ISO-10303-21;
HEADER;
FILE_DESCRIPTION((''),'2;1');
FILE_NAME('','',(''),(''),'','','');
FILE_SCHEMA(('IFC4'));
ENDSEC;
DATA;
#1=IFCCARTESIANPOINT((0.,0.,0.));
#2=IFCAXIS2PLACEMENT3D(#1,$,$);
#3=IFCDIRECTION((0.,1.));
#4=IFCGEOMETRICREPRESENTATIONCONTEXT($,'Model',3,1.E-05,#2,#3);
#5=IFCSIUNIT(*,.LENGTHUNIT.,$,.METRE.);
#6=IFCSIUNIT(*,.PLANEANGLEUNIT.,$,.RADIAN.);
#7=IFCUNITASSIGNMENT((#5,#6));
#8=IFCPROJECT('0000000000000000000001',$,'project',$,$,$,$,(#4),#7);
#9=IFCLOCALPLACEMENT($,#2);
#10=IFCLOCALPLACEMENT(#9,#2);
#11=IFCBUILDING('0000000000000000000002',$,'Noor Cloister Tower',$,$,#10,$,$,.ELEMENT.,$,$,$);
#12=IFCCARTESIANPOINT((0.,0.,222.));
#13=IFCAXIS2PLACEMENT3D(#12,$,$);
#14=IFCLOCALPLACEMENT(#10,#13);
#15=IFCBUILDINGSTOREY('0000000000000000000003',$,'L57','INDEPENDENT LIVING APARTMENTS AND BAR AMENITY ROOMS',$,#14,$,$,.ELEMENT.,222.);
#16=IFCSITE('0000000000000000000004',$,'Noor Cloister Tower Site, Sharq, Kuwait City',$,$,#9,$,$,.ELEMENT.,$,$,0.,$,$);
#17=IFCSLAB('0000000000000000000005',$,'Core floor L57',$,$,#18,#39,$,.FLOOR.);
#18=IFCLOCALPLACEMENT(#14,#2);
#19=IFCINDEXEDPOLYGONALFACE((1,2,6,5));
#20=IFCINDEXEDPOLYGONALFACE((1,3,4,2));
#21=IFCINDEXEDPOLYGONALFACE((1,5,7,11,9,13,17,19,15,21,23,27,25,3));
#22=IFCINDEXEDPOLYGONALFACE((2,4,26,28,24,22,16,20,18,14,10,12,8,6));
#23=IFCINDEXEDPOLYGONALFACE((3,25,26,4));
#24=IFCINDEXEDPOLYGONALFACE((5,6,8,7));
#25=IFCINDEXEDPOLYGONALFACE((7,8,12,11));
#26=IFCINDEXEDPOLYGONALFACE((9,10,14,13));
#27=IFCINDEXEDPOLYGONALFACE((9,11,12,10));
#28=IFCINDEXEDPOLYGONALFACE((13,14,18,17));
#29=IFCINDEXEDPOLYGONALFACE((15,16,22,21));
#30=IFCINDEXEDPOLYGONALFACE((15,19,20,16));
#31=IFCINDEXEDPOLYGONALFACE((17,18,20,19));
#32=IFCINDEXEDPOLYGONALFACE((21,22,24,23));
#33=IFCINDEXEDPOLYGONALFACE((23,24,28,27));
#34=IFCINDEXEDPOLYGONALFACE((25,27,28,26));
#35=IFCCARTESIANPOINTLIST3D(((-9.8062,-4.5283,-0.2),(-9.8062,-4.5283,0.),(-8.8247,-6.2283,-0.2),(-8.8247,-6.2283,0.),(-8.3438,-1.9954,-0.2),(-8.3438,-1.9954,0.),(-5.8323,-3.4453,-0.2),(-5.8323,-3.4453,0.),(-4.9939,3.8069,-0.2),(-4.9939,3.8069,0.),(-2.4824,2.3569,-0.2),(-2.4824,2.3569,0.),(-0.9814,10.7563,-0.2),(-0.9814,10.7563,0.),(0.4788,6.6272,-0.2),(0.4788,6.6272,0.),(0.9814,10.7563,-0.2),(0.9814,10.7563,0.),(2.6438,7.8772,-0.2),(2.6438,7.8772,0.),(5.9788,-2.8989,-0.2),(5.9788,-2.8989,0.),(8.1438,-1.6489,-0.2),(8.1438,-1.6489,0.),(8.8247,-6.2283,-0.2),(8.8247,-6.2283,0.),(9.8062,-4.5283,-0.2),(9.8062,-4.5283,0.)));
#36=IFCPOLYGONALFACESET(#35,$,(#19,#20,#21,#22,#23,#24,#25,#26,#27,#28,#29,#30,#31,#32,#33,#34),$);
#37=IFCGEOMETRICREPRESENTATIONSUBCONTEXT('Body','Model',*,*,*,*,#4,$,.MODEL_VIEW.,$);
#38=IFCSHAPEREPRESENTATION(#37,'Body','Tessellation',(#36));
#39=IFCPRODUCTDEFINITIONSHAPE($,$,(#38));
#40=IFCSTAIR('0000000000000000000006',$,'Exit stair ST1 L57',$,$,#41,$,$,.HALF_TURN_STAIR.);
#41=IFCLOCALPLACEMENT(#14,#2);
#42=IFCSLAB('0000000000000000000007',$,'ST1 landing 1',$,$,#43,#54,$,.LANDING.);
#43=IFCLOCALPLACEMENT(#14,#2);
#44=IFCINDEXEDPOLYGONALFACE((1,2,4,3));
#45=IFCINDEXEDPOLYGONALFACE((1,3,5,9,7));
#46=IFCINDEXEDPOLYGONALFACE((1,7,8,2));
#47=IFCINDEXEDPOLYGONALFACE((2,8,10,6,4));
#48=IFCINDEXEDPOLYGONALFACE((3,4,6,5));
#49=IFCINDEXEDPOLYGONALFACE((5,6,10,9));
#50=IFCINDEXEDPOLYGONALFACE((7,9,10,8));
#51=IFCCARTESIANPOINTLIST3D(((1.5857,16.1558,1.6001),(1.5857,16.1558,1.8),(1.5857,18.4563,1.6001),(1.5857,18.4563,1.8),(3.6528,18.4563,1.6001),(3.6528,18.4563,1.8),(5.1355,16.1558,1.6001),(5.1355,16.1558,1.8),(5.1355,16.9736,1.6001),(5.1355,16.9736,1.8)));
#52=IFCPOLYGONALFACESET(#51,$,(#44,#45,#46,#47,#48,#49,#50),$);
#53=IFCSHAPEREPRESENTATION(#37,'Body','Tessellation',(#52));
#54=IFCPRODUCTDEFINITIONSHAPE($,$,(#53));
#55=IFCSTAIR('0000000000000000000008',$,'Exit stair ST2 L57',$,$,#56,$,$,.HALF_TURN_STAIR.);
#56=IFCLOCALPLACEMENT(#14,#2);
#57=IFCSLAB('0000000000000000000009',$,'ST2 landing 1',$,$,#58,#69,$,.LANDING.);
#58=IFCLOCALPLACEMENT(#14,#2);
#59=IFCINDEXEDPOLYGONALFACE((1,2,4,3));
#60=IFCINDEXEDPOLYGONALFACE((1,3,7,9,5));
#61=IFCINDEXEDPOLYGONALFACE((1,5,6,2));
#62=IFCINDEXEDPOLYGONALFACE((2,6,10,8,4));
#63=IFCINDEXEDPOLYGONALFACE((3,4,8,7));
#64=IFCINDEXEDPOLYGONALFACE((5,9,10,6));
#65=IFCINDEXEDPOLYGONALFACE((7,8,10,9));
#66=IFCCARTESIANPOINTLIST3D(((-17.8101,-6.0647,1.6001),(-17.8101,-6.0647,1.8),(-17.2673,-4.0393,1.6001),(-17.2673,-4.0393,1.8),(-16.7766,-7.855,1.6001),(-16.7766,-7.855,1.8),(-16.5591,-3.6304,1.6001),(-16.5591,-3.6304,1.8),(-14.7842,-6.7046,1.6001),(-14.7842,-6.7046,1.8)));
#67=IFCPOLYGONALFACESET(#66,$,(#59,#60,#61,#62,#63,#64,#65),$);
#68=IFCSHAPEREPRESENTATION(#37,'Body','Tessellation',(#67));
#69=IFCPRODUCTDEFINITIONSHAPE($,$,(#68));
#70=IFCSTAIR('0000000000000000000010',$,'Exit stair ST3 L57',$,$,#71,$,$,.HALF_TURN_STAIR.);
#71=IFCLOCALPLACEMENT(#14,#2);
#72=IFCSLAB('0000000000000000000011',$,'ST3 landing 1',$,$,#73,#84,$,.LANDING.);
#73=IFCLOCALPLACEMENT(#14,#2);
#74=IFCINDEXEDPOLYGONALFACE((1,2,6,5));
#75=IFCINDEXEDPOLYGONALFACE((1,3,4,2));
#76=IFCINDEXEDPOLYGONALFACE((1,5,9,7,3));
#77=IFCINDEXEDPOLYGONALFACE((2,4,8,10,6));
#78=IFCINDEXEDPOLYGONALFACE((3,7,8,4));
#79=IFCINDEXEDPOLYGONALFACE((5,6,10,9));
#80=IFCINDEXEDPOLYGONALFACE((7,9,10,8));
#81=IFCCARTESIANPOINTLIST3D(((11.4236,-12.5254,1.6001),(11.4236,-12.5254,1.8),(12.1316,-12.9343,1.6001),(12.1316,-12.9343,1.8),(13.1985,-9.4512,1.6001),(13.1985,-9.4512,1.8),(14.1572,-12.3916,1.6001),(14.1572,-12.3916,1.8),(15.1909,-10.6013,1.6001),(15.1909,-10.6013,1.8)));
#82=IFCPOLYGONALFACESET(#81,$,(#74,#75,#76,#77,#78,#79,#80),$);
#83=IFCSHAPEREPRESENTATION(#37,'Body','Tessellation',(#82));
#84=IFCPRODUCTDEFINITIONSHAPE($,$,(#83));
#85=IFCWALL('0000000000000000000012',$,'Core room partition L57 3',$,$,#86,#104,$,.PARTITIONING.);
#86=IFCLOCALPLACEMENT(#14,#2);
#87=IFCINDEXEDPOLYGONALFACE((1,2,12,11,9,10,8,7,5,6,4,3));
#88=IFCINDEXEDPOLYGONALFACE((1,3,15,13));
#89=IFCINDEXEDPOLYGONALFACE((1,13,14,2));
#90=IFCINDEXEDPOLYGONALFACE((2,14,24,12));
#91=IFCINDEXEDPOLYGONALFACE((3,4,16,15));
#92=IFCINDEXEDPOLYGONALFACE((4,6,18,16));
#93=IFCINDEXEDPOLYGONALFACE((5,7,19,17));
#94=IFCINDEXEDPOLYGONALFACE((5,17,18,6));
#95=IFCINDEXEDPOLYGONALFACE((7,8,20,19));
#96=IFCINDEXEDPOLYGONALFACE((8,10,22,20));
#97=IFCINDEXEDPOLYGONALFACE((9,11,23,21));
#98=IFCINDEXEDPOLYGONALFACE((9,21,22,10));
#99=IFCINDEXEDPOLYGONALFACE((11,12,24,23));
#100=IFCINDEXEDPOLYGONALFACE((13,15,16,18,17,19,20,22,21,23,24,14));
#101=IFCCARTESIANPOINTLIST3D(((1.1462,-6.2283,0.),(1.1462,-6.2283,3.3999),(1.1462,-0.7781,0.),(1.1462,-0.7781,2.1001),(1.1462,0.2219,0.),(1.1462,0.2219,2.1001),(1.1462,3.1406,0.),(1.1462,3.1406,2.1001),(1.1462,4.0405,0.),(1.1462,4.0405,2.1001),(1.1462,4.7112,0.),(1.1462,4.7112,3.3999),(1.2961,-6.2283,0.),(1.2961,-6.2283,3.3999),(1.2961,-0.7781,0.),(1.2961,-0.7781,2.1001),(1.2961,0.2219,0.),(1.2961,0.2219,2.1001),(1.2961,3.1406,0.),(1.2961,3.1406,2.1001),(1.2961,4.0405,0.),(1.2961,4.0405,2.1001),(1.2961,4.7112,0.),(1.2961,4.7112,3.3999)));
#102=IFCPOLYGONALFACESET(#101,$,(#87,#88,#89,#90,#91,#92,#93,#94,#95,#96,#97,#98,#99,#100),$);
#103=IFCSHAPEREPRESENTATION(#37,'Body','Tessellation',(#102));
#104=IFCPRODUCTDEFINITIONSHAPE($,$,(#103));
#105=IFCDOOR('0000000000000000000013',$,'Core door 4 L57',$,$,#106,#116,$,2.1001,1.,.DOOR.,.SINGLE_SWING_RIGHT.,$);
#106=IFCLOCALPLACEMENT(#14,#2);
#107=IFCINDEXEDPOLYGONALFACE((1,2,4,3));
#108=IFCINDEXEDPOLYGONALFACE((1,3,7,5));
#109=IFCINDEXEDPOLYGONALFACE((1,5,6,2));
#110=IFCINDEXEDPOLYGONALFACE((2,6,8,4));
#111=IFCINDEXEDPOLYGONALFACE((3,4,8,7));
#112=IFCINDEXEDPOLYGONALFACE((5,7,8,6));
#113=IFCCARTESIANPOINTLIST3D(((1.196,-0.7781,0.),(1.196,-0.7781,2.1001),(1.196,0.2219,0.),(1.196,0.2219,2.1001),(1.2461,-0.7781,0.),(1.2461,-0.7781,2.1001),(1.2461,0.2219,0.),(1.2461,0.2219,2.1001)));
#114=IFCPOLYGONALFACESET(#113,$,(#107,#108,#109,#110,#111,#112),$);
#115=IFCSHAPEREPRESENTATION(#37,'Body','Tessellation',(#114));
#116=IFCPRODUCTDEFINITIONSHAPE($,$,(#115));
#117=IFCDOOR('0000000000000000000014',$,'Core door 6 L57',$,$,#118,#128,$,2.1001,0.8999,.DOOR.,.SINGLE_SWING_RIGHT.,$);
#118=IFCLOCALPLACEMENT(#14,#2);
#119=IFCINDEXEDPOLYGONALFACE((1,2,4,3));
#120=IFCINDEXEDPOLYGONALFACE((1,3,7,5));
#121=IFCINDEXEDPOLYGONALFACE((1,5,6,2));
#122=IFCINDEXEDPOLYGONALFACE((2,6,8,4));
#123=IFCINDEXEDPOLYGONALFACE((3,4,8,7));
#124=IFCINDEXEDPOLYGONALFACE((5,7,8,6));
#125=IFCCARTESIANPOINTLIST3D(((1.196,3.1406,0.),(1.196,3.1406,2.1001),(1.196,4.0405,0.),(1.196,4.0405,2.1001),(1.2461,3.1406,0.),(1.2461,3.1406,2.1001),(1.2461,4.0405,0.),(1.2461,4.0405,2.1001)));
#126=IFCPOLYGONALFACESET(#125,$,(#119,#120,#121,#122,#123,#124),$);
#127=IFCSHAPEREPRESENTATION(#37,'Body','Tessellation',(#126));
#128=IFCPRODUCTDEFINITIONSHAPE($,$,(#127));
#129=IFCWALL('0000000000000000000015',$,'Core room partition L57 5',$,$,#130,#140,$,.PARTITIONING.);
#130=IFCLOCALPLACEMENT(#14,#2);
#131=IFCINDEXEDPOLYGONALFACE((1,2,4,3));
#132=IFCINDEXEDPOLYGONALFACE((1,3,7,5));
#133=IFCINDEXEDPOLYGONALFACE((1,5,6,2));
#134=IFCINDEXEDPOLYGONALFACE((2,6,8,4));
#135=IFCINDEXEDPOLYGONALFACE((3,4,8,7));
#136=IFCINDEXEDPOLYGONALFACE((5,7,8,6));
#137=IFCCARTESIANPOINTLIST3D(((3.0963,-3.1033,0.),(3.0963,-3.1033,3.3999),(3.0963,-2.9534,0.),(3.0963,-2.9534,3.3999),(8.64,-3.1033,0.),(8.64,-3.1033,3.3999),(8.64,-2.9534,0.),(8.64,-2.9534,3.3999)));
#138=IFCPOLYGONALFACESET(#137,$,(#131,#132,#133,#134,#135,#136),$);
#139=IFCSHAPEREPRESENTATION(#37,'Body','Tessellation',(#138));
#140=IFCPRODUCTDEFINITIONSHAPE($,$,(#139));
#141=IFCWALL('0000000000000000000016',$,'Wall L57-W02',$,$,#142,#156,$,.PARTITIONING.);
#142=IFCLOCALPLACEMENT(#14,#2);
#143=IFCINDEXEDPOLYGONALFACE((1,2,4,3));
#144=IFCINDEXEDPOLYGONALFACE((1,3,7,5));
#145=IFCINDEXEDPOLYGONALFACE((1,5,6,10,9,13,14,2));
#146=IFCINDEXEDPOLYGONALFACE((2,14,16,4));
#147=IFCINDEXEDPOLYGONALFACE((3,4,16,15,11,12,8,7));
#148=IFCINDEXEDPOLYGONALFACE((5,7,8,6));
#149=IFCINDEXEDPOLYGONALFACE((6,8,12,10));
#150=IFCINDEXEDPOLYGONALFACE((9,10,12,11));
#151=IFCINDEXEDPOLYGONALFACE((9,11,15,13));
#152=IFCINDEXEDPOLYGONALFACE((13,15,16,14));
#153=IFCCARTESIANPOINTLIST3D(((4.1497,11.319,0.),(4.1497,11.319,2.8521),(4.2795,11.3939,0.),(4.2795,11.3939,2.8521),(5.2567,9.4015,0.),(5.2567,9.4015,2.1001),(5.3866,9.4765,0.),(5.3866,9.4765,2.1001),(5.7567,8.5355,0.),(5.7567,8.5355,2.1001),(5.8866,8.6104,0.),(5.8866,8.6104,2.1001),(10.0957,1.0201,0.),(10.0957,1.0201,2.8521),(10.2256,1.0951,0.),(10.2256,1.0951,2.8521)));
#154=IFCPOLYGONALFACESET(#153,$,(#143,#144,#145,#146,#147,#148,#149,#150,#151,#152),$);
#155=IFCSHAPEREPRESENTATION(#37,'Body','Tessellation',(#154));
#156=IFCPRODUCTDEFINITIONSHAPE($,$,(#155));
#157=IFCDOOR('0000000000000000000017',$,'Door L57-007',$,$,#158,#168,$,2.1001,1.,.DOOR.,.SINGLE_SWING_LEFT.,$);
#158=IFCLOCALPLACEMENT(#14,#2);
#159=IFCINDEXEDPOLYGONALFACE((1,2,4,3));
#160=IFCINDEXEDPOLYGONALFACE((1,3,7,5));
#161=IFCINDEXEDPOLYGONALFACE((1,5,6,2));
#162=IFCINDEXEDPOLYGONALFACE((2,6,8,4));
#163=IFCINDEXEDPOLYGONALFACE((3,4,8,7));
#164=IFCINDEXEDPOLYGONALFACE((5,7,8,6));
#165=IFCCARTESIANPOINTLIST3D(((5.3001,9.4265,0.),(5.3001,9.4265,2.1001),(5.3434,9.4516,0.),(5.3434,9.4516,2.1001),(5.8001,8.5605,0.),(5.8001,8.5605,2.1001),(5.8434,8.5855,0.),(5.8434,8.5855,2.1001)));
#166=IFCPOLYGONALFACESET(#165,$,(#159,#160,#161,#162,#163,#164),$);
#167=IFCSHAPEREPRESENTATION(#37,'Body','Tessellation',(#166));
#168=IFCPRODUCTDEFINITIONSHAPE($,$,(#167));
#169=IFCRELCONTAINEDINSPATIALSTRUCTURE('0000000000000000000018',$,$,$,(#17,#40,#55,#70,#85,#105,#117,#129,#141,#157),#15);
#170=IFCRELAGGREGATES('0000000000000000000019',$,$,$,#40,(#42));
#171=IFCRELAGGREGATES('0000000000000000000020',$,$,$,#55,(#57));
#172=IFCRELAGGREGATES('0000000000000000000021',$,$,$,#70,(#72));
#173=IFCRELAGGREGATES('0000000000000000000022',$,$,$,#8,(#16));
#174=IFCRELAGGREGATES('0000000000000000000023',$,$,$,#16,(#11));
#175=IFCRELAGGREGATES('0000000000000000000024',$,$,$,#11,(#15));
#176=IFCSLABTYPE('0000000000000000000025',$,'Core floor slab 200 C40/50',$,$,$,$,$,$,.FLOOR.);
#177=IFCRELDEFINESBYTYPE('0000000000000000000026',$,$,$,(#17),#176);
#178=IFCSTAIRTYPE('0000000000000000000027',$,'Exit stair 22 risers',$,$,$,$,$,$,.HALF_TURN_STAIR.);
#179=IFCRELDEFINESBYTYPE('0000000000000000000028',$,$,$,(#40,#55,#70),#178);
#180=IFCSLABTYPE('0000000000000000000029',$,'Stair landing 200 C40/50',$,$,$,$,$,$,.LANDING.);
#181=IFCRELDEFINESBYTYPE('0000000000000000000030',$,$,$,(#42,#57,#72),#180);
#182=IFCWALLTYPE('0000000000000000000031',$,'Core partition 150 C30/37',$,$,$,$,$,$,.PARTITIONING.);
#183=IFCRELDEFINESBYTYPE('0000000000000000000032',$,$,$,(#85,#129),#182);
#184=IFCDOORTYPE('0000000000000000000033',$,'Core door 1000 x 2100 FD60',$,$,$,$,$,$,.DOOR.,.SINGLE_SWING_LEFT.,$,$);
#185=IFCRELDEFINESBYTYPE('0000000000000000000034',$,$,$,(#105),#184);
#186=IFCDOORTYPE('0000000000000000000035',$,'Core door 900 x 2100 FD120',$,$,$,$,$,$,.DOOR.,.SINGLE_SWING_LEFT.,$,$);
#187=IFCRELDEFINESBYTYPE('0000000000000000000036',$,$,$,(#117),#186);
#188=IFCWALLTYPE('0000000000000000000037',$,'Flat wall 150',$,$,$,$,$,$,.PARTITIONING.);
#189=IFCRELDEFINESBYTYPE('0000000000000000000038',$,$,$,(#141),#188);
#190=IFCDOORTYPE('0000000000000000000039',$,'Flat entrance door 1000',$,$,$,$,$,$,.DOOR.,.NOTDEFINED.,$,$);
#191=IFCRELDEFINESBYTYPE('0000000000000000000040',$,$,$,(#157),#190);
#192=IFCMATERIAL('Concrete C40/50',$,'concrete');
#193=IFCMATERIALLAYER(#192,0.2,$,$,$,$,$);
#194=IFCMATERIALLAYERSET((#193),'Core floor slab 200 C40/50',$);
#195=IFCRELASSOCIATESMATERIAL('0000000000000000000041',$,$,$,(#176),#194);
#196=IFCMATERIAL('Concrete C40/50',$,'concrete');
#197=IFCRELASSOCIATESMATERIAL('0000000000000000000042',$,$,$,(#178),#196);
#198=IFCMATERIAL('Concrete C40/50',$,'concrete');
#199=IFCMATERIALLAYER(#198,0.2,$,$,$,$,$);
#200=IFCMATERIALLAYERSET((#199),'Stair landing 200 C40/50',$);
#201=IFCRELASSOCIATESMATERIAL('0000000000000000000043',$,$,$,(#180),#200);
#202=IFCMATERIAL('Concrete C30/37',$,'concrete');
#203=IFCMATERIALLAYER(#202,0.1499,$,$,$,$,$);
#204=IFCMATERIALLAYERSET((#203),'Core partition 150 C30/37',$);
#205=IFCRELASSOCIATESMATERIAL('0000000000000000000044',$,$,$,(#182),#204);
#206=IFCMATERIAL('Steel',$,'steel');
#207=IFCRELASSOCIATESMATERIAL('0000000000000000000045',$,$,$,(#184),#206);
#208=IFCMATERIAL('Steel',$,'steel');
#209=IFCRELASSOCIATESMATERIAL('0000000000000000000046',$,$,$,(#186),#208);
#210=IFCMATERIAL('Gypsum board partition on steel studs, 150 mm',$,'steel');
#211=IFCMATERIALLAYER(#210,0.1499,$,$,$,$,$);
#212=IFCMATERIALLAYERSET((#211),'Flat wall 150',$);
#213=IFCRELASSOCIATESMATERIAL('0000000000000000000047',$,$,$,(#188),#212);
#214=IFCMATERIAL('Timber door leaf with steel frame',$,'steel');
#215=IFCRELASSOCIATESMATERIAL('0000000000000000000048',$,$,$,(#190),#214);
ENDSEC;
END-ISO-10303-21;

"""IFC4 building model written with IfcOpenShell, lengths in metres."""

from ifc_helpers import new_model, si_unit, direction, frame, frame_2d, origin, place, context, subcontext, project, spatial, polyline, rectangle, outline, extrude, material, layer, layer_set, type_object, element, fill, aggregate, save


model = new_model("IFC4")

# Units and contexts
model_context = context("Model", 3, precision=1e-05, world=origin(), true_north=direction((0.0, 1.0)))
body_context = subcontext(model_context, "Body", "Model", "MODEL_VIEW")
ifc_project = project(units=[si_unit("LENGTHUNIT", "METRE"), si_unit("PLANEANGLEUNIT", "RADIAN")], contexts=[model_context])

# Site, building, storey
site_placement = place(None, origin())
site = spatial("IfcSite", under=ifc_project, at=site_placement, Name="Noor Cloister Tower Site, Sharq, Kuwait City", CompositionType="ELEMENT", RefElevation=0.0)
building_placement = place(site_placement, origin())
building = spatial("IfcBuilding", under=site, at=building_placement, Name="Noor Cloister Tower", CompositionType="ELEMENT")
storey_placement = place(building_placement, frame((0.0, 0.0, 222.0)))
storey = spatial("IfcBuildingStorey", under=building, at=storey_placement, Name="L57", Description="INDEPENDENT LIVING APARTMENTS AND BAR AMENITY ROOMS", CompositionType="ELEMENT", Elevation=222.0)

# Slab
ifc_material_1 = material(Name="Concrete C40/50", Category="concrete")
ifc_layer_1 = layer(ifc_material_1, 0.2)
ifc_layer_set_1 = layer_set([ifc_layer_1], Name="Core floor slab 200 C40/50")
slab_type_1 = type_object("IfcSlabType", Name="Core floor slab 200 C40/50", PredefinedType="FLOOR", material=ifc_layer_set_1)
slab_1_placement = place(storey_placement, frame((0.0, 0.0, -0.2)))
element("IfcSlab", 1, at=slab_1_placement, inside=storey, type_object=slab_type_1, Name="Core floor L57", PredefinedType="FLOOR", context=body_context, shape_type="SweptSolid", body=[
    extrude(outline(polyline([(2.6438, 7.8772), (0.9814, 10.7563), (-0.9814, 10.7563), (-4.9939, 3.8069), (-2.4824, 2.3569), (-5.8323, -3.4453), (-8.3438, -1.9954), (-9.8062, -4.5283), (-8.8247, -6.2283), (8.8247, -6.2283), (9.8062, -4.5283), (8.1438, -1.6489), (5.9788, -2.8989), (0.4788, 6.6272), (2.6438, 7.8772)])), origin(), (0.0, 0.0, 1.0), 0.2),
])

# Stairs, slabs
ifc_material_2 = material(Name="Concrete C40/50", Category="concrete")
stair_type = type_object("IfcStairType", Name="Exit stair 22 risers", PredefinedType="HALF_TURN_STAIR", material=ifc_material_2)
stair_1_placement = place(storey_placement, origin())
stair_1 = element("IfcStair", 2, at=stair_1_placement, inside=storey, type_object=stair_type, Name="Exit stair ST1 L57", PredefinedType="HALF_TURN_STAIR")
ifc_material_3 = material(Name="Concrete C40/50", Category="concrete")
ifc_layer_2 = layer(ifc_material_3, 0.2)
ifc_layer_set_2 = layer_set([ifc_layer_2], Name="Stair landing 200 C40/50")
slab_type_2 = type_object("IfcSlabType", Name="Stair landing 200 C40/50", PredefinedType="LANDING", material=ifc_layer_set_2)
slab_2_placement = place(storey_placement, frame((0.0, 0.0, 1.6001)))
slab_2 = element("IfcSlab", 3, at=slab_2_placement, type_object=slab_type_2, Name="ST1 landing 1", PredefinedType="LANDING", context=body_context, shape_type="SweptSolid", body=[
    extrude(outline(polyline([(5.1355, 16.1558), (5.1355, 16.9736), (3.6528, 18.4563), (1.5857, 18.4563), (1.5857, 16.1558), (5.1355, 16.1558)])), origin(), (0.0, 0.0, 1.0), 0.2),
])
aggregate(stair_1, [slab_2])
stair_2_placement = place(storey_placement, origin())
stair_2 = element("IfcStair", 4, at=stair_2_placement, inside=storey, type_object=stair_type, Name="Exit stair ST2 L57", PredefinedType="HALF_TURN_STAIR")
slab_3_placement = place(storey_placement, frame((0.0, 0.0, 1.6001)))
slab_3 = element("IfcSlab", 5, at=slab_3_placement, type_object=slab_type_2, Name="ST2 landing 1", PredefinedType="LANDING", context=body_context, shape_type="SweptSolid", body=[
    extrude(outline(polyline([(-16.5591, -3.6304), (-17.2673, -4.0393), (-17.8101, -6.0647), (-16.7766, -7.855), (-14.7842, -6.7046), (-16.5591, -3.6304)])), origin(), (0.0, 0.0, 1.0), 0.2),
])
aggregate(stair_2, [slab_3])
stair_3_placement = place(storey_placement, origin())
stair_3 = element("IfcStair", 6, at=stair_3_placement, inside=storey, type_object=stair_type, Name="Exit stair ST3 L57", PredefinedType="HALF_TURN_STAIR")
slab_4_placement = place(storey_placement, frame((0.0, 0.0, 1.6001)))
slab_4 = element("IfcSlab", 7, at=slab_4_placement, type_object=slab_type_2, Name="ST3 landing 1", PredefinedType="LANDING", context=body_context, shape_type="SweptSolid", body=[
    extrude(outline(polyline([(11.4236, -12.5254), (12.1316, -12.9343), (14.1572, -12.3916), (15.1909, -10.6013), (13.1985, -9.4512), (11.4236, -12.5254)])), origin(), (0.0, 0.0, 1.0), 0.2),
])
aggregate(stair_3, [slab_4])

# Wall, openings, doors
ifc_material_4 = material(Name="Concrete C30/37", Category="concrete")
ifc_layer_3 = layer(ifc_material_4, 0.1499)
ifc_layer_set_3 = layer_set([ifc_layer_3], Name="Core partition 150 C30/37")
wall_type_1 = type_object("IfcWallType", Name="Core partition 150 C30/37", PredefinedType="PARTITIONING", material=ifc_layer_set_3)
wall_1_placement = place(storey_placement, frame((1.2212, 4.7112, 0.0), z_axis=(0.0, 0.0, 1.0), x_axis=(0.0, -1.0, 0.0)))
wall_1 = element("IfcWall", 8, at=wall_1_placement, inside=storey, type_object=wall_type_1, Name="Core room partition L57 3", PredefinedType="PARTITIONING", context=body_context, shape_type="SweptSolid", body=[
    extrude(rectangle(XDim=10.9395, YDim=0.1499, at=frame_2d((5.4697, 0.0))), origin(), (0.0, 0.0, 1.0), 3.3999),
])
opening_1_placement = place(wall_1_placement, frame((4.4893, 0.0, 0.0)))
opening_1 = element("IfcOpeningElement", 9, at=opening_1_placement, cuts=wall_1, PredefinedType="OPENING", context=body_context, shape_type="SweptSolid", body=[
    extrude(rectangle(XDim=1.0, YDim=2.1001, at=frame_2d((0.5, 1.05))), frame((0.0, 0.085, 0.0), z_axis=(0.0, -1.0, 0.0), x_axis=(1.0, 0.0, 0.0)), (0.0, 0.0, 1.0), 0.1699),
])
opening_2_placement = place(wall_1_placement, frame((0.6707, 0.0, 0.0)))
opening_2 = element("IfcOpeningElement", 10, at=opening_2_placement, cuts=wall_1, PredefinedType="OPENING", context=body_context, shape_type="SweptSolid", body=[
    extrude(rectangle(XDim=0.8999, YDim=2.1001, at=frame_2d((0.45, 1.05))), frame((0.0, 0.085, 0.0), z_axis=(0.0, -1.0, 0.0), x_axis=(1.0, 0.0, 0.0)), (0.0, 0.0, 1.0), 0.1699),
])
ifc_material_5 = material(Name="Steel", Category="steel")
door_type_1 = type_object("IfcDoorType", Name="Core door 1000 x 2100 FD60", OperationType="SINGLE_SWING_LEFT", PredefinedType="DOOR", material=ifc_material_5)
door_1_placement = place(opening_1_placement, origin())
door_1 = element("IfcDoor", 11, at=door_1_placement, inside=storey, type_object=door_type_1, Name="Core door 4 L57", OperationType="SINGLE_SWING_RIGHT", OverallHeight=2.1001, OverallWidth=1.0, PredefinedType="DOOR", context=body_context, shape_type="SweptSolid", body=[
    extrude(rectangle(XDim=1.0, YDim=2.1001, at=frame_2d((0.5, 1.05))), frame((0.0, 0.0249, 0.0), z_axis=(0.0, -1.0, 0.0), x_axis=(1.0, 0.0, 0.0)), (0.0, 0.0, 1.0), 0.05),
])
fill(opening_1, door_1)
ifc_material_6 = material(Name="Steel", Category="steel")
door_type_2 = type_object("IfcDoorType", Name="Core door 900 x 2100 FD120", OperationType="SINGLE_SWING_LEFT", PredefinedType="DOOR", material=ifc_material_6)
door_2_placement = place(opening_2_placement, origin())
door_2 = element("IfcDoor", 12, at=door_2_placement, inside=storey, type_object=door_type_2, Name="Core door 6 L57", OperationType="SINGLE_SWING_RIGHT", OverallHeight=2.1001, OverallWidth=0.8999, PredefinedType="DOOR", context=body_context, shape_type="SweptSolid", body=[
    extrude(rectangle(XDim=0.8999, YDim=2.1001, at=frame_2d((0.45, 1.05))), frame((0.0, 0.0249, 0.0), z_axis=(0.0, -1.0, 0.0), x_axis=(1.0, 0.0, 0.0)), (0.0, 0.0, 1.0), 0.05),
])
fill(opening_2, door_2)

# Wall
wall_2_placement = place(storey_placement, frame((3.0962, -3.0283, 0.0), z_axis=(0.0, 0.0, 1.0), x_axis=(1.0, 0.0, 0.0)))
element("IfcWall", 13, at=wall_2_placement, inside=storey, type_object=wall_type_1, Name="Core room partition L57 5", PredefinedType="PARTITIONING", context=body_context, shape_type="SweptSolid", body=[
    extrude(rectangle(XDim=5.5437, YDim=0.1499, at=frame_2d((2.772, 0.0))), origin(), (0.0, 0.0, 1.0), 3.3999),
])

# Wall, opening, door
ifc_material_7 = material(Name="Gypsum board partition on steel studs, 150 mm", Category="steel")
ifc_layer_4 = layer(ifc_material_7, 0.1499)
ifc_layer_set_4 = layer_set([ifc_layer_4], Name="Flat wall 150")
wall_type_2 = type_object("IfcWallType", Name="Flat wall 150", PredefinedType="PARTITIONING", material=ifc_layer_set_4)
wall_3_placement = place(storey_placement, frame((10.1606, 1.0576, 0.0), z_axis=(0.0, 0.0, 1.0), x_axis=(-0.500001, 0.866025, 0.0)))
wall_3 = element("IfcWall", 14, at=wall_3_placement, inside=storey, type_object=wall_type_2, Name="Wall L57-W02", PredefinedType="PARTITIONING", context=body_context, shape_type="SweptSolid", body=[
    extrude(rectangle(XDim=11.8921, YDim=0.1499, at=frame_2d((5.946, 0.0))), origin(), (0.0, 0.0, 1.0), 2.8521),
])
opening_3_placement = place(wall_3_placement, frame((8.678, 0.0, 0.0)))
opening_3 = element("IfcOpeningElement", 15, at=opening_3_placement, cuts=wall_3, PredefinedType="OPENING", context=body_context, shape_type="SweptSolid", body=[
    extrude(rectangle(XDim=1.0, YDim=2.1001, at=frame_2d((0.5, 1.05))), frame((0.0, 0.085, 0.0), z_axis=(0.0, -1.0, 0.0), x_axis=(1.0, 0.0, 0.0)), (0.0, 0.0, 1.0), 0.1699),
])
ifc_material_8 = material(Name="Timber door leaf with steel frame", Category="steel")
door_type_3 = type_object("IfcDoorType", Name="Flat entrance door 1000", OperationType="NOTDEFINED", PredefinedType="DOOR", material=ifc_material_8)
door_3_placement = place(opening_3_placement, origin())
door_3 = element("IfcDoor", 16, at=door_3_placement, inside=storey, type_object=door_type_3, Name="Door L57-007", OperationType="SINGLE_SWING_LEFT", OverallHeight=2.1001, OverallWidth=1.0, PredefinedType="DOOR", context=body_context, shape_type="SweptSolid", body=[
    extrude(rectangle(XDim=1.0, YDim=2.1001, at=frame_2d((0.5, 1.05))), frame((0.0, 0.0249, 0.0), z_axis=(0.0, -1.0, 0.0), x_axis=(1.0, 0.0, 0.0)), (0.0, 0.0, 1.0), 0.05),
])
fill(opening_3, door_3)

save(model, "model.ifc")
